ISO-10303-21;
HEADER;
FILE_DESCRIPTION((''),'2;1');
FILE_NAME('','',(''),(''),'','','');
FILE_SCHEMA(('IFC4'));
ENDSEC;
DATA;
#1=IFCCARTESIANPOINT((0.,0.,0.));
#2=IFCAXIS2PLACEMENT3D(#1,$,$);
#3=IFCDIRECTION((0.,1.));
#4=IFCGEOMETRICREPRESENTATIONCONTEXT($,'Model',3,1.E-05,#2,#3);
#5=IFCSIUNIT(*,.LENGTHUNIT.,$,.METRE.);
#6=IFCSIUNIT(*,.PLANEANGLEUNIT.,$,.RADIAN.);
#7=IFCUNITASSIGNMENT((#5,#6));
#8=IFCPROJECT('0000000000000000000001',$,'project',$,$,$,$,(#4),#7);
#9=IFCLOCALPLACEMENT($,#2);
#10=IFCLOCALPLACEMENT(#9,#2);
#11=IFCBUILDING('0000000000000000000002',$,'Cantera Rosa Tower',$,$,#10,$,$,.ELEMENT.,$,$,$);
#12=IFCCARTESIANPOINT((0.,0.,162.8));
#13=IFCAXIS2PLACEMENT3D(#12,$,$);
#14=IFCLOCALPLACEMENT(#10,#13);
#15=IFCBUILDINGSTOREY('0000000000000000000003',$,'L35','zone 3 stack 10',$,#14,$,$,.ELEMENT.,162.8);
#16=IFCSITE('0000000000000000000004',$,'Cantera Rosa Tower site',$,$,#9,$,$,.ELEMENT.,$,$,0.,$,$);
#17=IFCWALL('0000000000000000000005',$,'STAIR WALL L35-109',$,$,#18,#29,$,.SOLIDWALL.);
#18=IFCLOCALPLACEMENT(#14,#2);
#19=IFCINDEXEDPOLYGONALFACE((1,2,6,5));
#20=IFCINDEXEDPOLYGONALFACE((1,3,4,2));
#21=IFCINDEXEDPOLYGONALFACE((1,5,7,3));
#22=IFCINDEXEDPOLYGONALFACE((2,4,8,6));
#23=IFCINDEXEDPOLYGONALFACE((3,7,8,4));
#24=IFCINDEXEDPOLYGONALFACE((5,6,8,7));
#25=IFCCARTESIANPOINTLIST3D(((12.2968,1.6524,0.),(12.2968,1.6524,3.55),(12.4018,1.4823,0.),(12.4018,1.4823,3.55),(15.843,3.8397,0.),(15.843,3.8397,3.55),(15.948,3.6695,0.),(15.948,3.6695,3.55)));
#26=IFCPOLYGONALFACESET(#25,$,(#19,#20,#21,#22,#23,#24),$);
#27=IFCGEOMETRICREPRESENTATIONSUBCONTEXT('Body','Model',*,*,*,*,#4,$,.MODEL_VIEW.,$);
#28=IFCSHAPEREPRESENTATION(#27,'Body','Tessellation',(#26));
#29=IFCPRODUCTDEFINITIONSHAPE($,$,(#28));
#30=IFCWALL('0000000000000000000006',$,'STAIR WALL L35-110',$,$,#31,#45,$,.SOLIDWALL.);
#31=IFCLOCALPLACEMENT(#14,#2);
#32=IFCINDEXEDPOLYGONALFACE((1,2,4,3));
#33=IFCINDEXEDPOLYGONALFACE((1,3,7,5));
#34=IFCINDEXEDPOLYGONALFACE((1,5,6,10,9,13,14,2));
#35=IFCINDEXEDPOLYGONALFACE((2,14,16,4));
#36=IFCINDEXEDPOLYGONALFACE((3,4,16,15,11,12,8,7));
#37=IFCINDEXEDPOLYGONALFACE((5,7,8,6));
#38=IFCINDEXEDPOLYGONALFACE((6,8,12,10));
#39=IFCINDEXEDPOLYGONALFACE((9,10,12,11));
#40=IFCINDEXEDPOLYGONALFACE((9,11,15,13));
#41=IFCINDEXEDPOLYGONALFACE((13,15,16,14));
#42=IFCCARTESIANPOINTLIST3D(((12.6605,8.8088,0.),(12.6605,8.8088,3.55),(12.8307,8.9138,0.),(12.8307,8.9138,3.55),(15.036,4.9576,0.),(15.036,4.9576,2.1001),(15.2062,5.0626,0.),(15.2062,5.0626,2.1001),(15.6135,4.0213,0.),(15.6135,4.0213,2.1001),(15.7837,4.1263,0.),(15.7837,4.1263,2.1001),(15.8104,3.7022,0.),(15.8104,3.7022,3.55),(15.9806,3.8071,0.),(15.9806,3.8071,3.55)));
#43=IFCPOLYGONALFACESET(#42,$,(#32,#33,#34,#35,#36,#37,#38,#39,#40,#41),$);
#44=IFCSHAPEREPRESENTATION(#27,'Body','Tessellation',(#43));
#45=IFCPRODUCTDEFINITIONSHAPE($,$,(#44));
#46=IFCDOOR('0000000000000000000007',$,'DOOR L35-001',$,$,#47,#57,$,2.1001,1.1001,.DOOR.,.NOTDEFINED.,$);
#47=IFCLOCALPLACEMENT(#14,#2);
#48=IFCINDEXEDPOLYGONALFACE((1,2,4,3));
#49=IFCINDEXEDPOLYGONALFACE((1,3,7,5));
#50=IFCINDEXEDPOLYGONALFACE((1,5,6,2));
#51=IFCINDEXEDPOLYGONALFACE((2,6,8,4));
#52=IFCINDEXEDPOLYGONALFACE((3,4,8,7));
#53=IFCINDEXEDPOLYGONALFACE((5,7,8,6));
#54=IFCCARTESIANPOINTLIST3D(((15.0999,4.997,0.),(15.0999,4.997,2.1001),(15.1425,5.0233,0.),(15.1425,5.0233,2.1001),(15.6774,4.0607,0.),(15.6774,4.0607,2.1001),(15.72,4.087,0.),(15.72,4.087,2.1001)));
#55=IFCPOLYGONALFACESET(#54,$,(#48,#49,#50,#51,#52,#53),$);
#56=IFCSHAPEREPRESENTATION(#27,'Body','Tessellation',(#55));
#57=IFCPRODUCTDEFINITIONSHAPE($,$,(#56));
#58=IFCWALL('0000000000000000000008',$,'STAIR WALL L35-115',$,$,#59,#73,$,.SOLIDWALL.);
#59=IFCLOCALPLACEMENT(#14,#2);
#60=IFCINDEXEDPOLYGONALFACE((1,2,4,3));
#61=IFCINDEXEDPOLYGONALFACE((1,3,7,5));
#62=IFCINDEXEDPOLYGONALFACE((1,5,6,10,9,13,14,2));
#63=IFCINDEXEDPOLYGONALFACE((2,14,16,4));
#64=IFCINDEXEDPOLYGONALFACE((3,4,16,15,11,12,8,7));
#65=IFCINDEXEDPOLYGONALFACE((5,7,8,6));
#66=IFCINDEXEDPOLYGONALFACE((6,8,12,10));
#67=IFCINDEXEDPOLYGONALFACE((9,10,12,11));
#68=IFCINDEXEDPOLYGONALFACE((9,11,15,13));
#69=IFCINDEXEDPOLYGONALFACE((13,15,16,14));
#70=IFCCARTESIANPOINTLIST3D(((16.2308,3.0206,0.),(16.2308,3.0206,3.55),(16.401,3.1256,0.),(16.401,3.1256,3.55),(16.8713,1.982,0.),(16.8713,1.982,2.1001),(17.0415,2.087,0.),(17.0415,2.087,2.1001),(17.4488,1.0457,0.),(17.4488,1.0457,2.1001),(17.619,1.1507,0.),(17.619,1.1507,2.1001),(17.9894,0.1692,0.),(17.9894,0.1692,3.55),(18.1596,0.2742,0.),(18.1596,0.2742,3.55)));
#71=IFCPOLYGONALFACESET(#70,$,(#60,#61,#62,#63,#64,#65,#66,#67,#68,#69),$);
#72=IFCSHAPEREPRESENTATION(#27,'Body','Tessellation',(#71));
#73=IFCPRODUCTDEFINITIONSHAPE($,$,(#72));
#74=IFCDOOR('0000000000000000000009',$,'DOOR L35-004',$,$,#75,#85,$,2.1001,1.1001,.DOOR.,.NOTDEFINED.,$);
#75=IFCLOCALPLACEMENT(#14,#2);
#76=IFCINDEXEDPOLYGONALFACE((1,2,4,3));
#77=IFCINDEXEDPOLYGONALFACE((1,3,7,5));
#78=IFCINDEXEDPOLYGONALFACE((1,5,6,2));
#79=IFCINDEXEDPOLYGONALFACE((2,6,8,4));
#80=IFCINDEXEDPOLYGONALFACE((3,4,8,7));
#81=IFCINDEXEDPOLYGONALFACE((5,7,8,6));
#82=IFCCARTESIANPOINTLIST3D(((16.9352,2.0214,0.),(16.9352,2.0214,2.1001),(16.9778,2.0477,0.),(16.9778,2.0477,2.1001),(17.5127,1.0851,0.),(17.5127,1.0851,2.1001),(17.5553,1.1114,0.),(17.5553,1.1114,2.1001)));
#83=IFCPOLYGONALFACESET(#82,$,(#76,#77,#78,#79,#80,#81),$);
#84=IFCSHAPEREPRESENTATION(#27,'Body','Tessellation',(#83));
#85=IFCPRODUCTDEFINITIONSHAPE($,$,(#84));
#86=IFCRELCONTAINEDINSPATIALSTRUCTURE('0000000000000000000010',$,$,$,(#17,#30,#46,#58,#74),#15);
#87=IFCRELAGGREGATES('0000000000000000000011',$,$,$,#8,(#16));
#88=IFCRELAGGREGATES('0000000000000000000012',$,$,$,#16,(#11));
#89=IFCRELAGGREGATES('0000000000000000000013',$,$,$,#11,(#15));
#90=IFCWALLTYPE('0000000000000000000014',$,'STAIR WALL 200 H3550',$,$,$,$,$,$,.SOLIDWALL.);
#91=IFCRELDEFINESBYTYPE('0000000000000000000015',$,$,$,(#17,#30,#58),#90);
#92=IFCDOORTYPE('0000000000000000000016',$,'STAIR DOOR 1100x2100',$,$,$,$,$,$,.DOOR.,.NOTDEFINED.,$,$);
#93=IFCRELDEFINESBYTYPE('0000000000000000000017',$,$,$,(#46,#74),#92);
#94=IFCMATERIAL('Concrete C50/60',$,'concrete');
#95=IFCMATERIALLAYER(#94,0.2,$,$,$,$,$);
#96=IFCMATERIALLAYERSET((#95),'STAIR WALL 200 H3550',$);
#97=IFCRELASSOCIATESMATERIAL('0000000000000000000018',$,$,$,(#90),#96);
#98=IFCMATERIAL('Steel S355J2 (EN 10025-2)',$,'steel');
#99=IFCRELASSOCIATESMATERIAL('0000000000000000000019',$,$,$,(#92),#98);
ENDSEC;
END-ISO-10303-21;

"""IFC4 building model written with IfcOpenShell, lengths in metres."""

from ifc_helpers import new_model, si_unit, direction, frame, frame_2d, origin, place, context, subcontext, project, spatial, rectangle, extrude, material, layer, layer_set, type_object, element, fill, save


model = new_model("IFC4")

# Units and contexts
model_context = context("Model", 3, precision=1e-05, world=origin(), true_north=direction((0.0, 1.0)))
body_context = subcontext(model_context, "Body", "Model", "MODEL_VIEW")
ifc_project = project(units=[si_unit("LENGTHUNIT", "METRE"), si_unit("PLANEANGLEUNIT", "RADIAN")], contexts=[model_context])

# Site, building, storey
site_placement = place(None, origin())
site = spatial("IfcSite", under=ifc_project, at=site_placement, Name="Cantera Rosa Tower site", CompositionType="ELEMENT", RefElevation=0.0)
building_placement = place(site_placement, origin())
building = spatial("IfcBuilding", under=site, at=building_placement, Name="Cantera Rosa Tower", CompositionType="ELEMENT")
storey_placement = place(building_placement, frame((0.0, 0.0, 162.8)))
storey = spatial("IfcBuildingStorey", under=building, at=storey_placement, Name="L35", Description="zone 3 stack 10", CompositionType="ELEMENT", Elevation=162.8)

# Wall
ifc_material_1 = material(Name="Concrete C50/60", Category="concrete")
ifc_layer_1 = layer(ifc_material_1, 0.2)
ifc_layer_set_1 = layer_set([ifc_layer_1], Name="STAIR WALL 200 H3550")
wall_type_1 = type_object("IfcWallType", Name="STAIR WALL 200 H3550", PredefinedType="SOLIDWALL", material=ifc_layer_set_1)
wall_1_placement = place(storey_placement, frame((15.8955, 3.7546, 0.0), z_axis=(0.0, 0.0, 1.0), x_axis=(-0.851121, -0.52497, 0.0)))
element("IfcWall", 1, at=wall_1_placement, inside=storey, type_object=wall_type_1, Name="STAIR WALL L35-109", PredefinedType="SOLIDWALL", context=body_context, shape_type="SweptSolid", body=[
    extrude(rectangle(XDim=4.1665, YDim=0.2, at=frame_2d((2.0833, 0.0))), origin(), (0.0, 0.0, 1.0), 3.55),
])

# Walls, openings, doors
wall_2_placement = place(storey_placement, frame((15.8955, 3.7546, 0.0), z_axis=(0.0, 0.0, 1.0), x_axis=(-0.524983, 0.851113, 0.0)))
wall_2 = element("IfcWall", 2, at=wall_2_placement, inside=storey, type_object=wall_type_1, Name="STAIR WALL L35-110", PredefinedType="SOLIDWALL", context=body_context, shape_type="SweptSolid", body=[
    extrude(rectangle(XDim=6.0, YDim=0.2, at=frame_2d((3.0, 0.0))), origin(), (0.0, 0.0, 1.0), 3.55),
])
opening_1_placement = place(wall_2_placement, frame((0.375, 0.0, 0.0)))
opening_1 = element("IfcOpeningElement", 3, at=opening_1_placement, cuts=wall_2, PredefinedType="OPENING", context=body_context, shape_type="SweptSolid", body=[
    extrude(rectangle(XDim=1.1001, YDim=2.1001, at=frame_2d((0.55, 1.05))), frame((0.0, 0.1099, 0.0), z_axis=(0.0, -1.0, 0.0), x_axis=(1.0, 0.0, 0.0)), (0.0, 0.0, 1.0), 0.22),
])
ifc_material_2 = material(Name="Steel S355J2 (EN 10025-2)", Category="steel")
door_type_1 = type_object("IfcDoorType", Name="STAIR DOOR 1100x2100", OperationType="NOTDEFINED", PredefinedType="DOOR", material=ifc_material_2)
door_1_placement = place(opening_1_placement, origin())
door_1 = element("IfcDoor", 4, at=door_1_placement, inside=storey, type_object=door_type_1, Name="DOOR L35-001", OperationType="NOTDEFINED", OverallHeight=2.1001, OverallWidth=1.1001, PredefinedType="DOOR", context=body_context, shape_type="SweptSolid", body=[
    extrude(rectangle(XDim=1.1001, YDim=2.1001, at=frame_2d((0.55, 1.05))), frame((0.0, 0.0249, 0.0), z_axis=(0.0, -1.0, 0.0), x_axis=(1.0, 0.0, 0.0)), (0.0, 0.0, 1.0), 0.05),
])
fill(opening_1, door_1)
wall_3_placement = place(storey_placement, frame((18.0745, 0.2217, 0.0), z_axis=(0.0, 0.0, 1.0), x_axis=(-0.524939, 0.85114, 0.0)))
wall_3 = element("IfcWall", 5, at=wall_3_placement, inside=storey, type_object=wall_type_1, Name="STAIR WALL L35-115", PredefinedType="SOLIDWALL", context=body_context, shape_type="SweptSolid", body=[
    extrude(rectangle(XDim=3.3501, YDim=0.2, at=frame_2d((1.675, 0.0))), origin(), (0.0, 0.0, 1.0), 3.55),
])
opening_2_placement = place(wall_3_placement, frame((1.0298, 0.0, 0.0)))
opening_2 = element("IfcOpeningElement", 6, at=opening_2_placement, cuts=wall_3, PredefinedType="OPENING", context=body_context, shape_type="SweptSolid", body=[
    extrude(rectangle(XDim=1.1001, YDim=2.1001, at=frame_2d((0.55, 1.05))), frame((0.0, 0.1099, 0.0), z_axis=(0.0, -1.0, 0.0), x_axis=(1.0, 0.0, 0.0)), (0.0, 0.0, 1.0), 0.22),
])
door_2_placement = place(opening_2_placement, origin())
door_2 = element("IfcDoor", 7, at=door_2_placement, inside=storey, type_object=door_type_1, Name="DOOR L35-004", OperationType="NOTDEFINED", OverallHeight=2.1001, OverallWidth=1.1001, PredefinedType="DOOR", context=body_context, shape_type="SweptSolid", body=[
    extrude(rectangle(XDim=1.1001, YDim=2.1001, at=frame_2d((0.55, 1.05))), frame((0.0, 0.0249, 0.0), z_axis=(0.0, -1.0, 0.0), x_axis=(1.0, 0.0, 0.0)), (0.0, 0.0, 1.0), 0.05),
])
fill(opening_2, door_2)

save(model, "model.ifc")
